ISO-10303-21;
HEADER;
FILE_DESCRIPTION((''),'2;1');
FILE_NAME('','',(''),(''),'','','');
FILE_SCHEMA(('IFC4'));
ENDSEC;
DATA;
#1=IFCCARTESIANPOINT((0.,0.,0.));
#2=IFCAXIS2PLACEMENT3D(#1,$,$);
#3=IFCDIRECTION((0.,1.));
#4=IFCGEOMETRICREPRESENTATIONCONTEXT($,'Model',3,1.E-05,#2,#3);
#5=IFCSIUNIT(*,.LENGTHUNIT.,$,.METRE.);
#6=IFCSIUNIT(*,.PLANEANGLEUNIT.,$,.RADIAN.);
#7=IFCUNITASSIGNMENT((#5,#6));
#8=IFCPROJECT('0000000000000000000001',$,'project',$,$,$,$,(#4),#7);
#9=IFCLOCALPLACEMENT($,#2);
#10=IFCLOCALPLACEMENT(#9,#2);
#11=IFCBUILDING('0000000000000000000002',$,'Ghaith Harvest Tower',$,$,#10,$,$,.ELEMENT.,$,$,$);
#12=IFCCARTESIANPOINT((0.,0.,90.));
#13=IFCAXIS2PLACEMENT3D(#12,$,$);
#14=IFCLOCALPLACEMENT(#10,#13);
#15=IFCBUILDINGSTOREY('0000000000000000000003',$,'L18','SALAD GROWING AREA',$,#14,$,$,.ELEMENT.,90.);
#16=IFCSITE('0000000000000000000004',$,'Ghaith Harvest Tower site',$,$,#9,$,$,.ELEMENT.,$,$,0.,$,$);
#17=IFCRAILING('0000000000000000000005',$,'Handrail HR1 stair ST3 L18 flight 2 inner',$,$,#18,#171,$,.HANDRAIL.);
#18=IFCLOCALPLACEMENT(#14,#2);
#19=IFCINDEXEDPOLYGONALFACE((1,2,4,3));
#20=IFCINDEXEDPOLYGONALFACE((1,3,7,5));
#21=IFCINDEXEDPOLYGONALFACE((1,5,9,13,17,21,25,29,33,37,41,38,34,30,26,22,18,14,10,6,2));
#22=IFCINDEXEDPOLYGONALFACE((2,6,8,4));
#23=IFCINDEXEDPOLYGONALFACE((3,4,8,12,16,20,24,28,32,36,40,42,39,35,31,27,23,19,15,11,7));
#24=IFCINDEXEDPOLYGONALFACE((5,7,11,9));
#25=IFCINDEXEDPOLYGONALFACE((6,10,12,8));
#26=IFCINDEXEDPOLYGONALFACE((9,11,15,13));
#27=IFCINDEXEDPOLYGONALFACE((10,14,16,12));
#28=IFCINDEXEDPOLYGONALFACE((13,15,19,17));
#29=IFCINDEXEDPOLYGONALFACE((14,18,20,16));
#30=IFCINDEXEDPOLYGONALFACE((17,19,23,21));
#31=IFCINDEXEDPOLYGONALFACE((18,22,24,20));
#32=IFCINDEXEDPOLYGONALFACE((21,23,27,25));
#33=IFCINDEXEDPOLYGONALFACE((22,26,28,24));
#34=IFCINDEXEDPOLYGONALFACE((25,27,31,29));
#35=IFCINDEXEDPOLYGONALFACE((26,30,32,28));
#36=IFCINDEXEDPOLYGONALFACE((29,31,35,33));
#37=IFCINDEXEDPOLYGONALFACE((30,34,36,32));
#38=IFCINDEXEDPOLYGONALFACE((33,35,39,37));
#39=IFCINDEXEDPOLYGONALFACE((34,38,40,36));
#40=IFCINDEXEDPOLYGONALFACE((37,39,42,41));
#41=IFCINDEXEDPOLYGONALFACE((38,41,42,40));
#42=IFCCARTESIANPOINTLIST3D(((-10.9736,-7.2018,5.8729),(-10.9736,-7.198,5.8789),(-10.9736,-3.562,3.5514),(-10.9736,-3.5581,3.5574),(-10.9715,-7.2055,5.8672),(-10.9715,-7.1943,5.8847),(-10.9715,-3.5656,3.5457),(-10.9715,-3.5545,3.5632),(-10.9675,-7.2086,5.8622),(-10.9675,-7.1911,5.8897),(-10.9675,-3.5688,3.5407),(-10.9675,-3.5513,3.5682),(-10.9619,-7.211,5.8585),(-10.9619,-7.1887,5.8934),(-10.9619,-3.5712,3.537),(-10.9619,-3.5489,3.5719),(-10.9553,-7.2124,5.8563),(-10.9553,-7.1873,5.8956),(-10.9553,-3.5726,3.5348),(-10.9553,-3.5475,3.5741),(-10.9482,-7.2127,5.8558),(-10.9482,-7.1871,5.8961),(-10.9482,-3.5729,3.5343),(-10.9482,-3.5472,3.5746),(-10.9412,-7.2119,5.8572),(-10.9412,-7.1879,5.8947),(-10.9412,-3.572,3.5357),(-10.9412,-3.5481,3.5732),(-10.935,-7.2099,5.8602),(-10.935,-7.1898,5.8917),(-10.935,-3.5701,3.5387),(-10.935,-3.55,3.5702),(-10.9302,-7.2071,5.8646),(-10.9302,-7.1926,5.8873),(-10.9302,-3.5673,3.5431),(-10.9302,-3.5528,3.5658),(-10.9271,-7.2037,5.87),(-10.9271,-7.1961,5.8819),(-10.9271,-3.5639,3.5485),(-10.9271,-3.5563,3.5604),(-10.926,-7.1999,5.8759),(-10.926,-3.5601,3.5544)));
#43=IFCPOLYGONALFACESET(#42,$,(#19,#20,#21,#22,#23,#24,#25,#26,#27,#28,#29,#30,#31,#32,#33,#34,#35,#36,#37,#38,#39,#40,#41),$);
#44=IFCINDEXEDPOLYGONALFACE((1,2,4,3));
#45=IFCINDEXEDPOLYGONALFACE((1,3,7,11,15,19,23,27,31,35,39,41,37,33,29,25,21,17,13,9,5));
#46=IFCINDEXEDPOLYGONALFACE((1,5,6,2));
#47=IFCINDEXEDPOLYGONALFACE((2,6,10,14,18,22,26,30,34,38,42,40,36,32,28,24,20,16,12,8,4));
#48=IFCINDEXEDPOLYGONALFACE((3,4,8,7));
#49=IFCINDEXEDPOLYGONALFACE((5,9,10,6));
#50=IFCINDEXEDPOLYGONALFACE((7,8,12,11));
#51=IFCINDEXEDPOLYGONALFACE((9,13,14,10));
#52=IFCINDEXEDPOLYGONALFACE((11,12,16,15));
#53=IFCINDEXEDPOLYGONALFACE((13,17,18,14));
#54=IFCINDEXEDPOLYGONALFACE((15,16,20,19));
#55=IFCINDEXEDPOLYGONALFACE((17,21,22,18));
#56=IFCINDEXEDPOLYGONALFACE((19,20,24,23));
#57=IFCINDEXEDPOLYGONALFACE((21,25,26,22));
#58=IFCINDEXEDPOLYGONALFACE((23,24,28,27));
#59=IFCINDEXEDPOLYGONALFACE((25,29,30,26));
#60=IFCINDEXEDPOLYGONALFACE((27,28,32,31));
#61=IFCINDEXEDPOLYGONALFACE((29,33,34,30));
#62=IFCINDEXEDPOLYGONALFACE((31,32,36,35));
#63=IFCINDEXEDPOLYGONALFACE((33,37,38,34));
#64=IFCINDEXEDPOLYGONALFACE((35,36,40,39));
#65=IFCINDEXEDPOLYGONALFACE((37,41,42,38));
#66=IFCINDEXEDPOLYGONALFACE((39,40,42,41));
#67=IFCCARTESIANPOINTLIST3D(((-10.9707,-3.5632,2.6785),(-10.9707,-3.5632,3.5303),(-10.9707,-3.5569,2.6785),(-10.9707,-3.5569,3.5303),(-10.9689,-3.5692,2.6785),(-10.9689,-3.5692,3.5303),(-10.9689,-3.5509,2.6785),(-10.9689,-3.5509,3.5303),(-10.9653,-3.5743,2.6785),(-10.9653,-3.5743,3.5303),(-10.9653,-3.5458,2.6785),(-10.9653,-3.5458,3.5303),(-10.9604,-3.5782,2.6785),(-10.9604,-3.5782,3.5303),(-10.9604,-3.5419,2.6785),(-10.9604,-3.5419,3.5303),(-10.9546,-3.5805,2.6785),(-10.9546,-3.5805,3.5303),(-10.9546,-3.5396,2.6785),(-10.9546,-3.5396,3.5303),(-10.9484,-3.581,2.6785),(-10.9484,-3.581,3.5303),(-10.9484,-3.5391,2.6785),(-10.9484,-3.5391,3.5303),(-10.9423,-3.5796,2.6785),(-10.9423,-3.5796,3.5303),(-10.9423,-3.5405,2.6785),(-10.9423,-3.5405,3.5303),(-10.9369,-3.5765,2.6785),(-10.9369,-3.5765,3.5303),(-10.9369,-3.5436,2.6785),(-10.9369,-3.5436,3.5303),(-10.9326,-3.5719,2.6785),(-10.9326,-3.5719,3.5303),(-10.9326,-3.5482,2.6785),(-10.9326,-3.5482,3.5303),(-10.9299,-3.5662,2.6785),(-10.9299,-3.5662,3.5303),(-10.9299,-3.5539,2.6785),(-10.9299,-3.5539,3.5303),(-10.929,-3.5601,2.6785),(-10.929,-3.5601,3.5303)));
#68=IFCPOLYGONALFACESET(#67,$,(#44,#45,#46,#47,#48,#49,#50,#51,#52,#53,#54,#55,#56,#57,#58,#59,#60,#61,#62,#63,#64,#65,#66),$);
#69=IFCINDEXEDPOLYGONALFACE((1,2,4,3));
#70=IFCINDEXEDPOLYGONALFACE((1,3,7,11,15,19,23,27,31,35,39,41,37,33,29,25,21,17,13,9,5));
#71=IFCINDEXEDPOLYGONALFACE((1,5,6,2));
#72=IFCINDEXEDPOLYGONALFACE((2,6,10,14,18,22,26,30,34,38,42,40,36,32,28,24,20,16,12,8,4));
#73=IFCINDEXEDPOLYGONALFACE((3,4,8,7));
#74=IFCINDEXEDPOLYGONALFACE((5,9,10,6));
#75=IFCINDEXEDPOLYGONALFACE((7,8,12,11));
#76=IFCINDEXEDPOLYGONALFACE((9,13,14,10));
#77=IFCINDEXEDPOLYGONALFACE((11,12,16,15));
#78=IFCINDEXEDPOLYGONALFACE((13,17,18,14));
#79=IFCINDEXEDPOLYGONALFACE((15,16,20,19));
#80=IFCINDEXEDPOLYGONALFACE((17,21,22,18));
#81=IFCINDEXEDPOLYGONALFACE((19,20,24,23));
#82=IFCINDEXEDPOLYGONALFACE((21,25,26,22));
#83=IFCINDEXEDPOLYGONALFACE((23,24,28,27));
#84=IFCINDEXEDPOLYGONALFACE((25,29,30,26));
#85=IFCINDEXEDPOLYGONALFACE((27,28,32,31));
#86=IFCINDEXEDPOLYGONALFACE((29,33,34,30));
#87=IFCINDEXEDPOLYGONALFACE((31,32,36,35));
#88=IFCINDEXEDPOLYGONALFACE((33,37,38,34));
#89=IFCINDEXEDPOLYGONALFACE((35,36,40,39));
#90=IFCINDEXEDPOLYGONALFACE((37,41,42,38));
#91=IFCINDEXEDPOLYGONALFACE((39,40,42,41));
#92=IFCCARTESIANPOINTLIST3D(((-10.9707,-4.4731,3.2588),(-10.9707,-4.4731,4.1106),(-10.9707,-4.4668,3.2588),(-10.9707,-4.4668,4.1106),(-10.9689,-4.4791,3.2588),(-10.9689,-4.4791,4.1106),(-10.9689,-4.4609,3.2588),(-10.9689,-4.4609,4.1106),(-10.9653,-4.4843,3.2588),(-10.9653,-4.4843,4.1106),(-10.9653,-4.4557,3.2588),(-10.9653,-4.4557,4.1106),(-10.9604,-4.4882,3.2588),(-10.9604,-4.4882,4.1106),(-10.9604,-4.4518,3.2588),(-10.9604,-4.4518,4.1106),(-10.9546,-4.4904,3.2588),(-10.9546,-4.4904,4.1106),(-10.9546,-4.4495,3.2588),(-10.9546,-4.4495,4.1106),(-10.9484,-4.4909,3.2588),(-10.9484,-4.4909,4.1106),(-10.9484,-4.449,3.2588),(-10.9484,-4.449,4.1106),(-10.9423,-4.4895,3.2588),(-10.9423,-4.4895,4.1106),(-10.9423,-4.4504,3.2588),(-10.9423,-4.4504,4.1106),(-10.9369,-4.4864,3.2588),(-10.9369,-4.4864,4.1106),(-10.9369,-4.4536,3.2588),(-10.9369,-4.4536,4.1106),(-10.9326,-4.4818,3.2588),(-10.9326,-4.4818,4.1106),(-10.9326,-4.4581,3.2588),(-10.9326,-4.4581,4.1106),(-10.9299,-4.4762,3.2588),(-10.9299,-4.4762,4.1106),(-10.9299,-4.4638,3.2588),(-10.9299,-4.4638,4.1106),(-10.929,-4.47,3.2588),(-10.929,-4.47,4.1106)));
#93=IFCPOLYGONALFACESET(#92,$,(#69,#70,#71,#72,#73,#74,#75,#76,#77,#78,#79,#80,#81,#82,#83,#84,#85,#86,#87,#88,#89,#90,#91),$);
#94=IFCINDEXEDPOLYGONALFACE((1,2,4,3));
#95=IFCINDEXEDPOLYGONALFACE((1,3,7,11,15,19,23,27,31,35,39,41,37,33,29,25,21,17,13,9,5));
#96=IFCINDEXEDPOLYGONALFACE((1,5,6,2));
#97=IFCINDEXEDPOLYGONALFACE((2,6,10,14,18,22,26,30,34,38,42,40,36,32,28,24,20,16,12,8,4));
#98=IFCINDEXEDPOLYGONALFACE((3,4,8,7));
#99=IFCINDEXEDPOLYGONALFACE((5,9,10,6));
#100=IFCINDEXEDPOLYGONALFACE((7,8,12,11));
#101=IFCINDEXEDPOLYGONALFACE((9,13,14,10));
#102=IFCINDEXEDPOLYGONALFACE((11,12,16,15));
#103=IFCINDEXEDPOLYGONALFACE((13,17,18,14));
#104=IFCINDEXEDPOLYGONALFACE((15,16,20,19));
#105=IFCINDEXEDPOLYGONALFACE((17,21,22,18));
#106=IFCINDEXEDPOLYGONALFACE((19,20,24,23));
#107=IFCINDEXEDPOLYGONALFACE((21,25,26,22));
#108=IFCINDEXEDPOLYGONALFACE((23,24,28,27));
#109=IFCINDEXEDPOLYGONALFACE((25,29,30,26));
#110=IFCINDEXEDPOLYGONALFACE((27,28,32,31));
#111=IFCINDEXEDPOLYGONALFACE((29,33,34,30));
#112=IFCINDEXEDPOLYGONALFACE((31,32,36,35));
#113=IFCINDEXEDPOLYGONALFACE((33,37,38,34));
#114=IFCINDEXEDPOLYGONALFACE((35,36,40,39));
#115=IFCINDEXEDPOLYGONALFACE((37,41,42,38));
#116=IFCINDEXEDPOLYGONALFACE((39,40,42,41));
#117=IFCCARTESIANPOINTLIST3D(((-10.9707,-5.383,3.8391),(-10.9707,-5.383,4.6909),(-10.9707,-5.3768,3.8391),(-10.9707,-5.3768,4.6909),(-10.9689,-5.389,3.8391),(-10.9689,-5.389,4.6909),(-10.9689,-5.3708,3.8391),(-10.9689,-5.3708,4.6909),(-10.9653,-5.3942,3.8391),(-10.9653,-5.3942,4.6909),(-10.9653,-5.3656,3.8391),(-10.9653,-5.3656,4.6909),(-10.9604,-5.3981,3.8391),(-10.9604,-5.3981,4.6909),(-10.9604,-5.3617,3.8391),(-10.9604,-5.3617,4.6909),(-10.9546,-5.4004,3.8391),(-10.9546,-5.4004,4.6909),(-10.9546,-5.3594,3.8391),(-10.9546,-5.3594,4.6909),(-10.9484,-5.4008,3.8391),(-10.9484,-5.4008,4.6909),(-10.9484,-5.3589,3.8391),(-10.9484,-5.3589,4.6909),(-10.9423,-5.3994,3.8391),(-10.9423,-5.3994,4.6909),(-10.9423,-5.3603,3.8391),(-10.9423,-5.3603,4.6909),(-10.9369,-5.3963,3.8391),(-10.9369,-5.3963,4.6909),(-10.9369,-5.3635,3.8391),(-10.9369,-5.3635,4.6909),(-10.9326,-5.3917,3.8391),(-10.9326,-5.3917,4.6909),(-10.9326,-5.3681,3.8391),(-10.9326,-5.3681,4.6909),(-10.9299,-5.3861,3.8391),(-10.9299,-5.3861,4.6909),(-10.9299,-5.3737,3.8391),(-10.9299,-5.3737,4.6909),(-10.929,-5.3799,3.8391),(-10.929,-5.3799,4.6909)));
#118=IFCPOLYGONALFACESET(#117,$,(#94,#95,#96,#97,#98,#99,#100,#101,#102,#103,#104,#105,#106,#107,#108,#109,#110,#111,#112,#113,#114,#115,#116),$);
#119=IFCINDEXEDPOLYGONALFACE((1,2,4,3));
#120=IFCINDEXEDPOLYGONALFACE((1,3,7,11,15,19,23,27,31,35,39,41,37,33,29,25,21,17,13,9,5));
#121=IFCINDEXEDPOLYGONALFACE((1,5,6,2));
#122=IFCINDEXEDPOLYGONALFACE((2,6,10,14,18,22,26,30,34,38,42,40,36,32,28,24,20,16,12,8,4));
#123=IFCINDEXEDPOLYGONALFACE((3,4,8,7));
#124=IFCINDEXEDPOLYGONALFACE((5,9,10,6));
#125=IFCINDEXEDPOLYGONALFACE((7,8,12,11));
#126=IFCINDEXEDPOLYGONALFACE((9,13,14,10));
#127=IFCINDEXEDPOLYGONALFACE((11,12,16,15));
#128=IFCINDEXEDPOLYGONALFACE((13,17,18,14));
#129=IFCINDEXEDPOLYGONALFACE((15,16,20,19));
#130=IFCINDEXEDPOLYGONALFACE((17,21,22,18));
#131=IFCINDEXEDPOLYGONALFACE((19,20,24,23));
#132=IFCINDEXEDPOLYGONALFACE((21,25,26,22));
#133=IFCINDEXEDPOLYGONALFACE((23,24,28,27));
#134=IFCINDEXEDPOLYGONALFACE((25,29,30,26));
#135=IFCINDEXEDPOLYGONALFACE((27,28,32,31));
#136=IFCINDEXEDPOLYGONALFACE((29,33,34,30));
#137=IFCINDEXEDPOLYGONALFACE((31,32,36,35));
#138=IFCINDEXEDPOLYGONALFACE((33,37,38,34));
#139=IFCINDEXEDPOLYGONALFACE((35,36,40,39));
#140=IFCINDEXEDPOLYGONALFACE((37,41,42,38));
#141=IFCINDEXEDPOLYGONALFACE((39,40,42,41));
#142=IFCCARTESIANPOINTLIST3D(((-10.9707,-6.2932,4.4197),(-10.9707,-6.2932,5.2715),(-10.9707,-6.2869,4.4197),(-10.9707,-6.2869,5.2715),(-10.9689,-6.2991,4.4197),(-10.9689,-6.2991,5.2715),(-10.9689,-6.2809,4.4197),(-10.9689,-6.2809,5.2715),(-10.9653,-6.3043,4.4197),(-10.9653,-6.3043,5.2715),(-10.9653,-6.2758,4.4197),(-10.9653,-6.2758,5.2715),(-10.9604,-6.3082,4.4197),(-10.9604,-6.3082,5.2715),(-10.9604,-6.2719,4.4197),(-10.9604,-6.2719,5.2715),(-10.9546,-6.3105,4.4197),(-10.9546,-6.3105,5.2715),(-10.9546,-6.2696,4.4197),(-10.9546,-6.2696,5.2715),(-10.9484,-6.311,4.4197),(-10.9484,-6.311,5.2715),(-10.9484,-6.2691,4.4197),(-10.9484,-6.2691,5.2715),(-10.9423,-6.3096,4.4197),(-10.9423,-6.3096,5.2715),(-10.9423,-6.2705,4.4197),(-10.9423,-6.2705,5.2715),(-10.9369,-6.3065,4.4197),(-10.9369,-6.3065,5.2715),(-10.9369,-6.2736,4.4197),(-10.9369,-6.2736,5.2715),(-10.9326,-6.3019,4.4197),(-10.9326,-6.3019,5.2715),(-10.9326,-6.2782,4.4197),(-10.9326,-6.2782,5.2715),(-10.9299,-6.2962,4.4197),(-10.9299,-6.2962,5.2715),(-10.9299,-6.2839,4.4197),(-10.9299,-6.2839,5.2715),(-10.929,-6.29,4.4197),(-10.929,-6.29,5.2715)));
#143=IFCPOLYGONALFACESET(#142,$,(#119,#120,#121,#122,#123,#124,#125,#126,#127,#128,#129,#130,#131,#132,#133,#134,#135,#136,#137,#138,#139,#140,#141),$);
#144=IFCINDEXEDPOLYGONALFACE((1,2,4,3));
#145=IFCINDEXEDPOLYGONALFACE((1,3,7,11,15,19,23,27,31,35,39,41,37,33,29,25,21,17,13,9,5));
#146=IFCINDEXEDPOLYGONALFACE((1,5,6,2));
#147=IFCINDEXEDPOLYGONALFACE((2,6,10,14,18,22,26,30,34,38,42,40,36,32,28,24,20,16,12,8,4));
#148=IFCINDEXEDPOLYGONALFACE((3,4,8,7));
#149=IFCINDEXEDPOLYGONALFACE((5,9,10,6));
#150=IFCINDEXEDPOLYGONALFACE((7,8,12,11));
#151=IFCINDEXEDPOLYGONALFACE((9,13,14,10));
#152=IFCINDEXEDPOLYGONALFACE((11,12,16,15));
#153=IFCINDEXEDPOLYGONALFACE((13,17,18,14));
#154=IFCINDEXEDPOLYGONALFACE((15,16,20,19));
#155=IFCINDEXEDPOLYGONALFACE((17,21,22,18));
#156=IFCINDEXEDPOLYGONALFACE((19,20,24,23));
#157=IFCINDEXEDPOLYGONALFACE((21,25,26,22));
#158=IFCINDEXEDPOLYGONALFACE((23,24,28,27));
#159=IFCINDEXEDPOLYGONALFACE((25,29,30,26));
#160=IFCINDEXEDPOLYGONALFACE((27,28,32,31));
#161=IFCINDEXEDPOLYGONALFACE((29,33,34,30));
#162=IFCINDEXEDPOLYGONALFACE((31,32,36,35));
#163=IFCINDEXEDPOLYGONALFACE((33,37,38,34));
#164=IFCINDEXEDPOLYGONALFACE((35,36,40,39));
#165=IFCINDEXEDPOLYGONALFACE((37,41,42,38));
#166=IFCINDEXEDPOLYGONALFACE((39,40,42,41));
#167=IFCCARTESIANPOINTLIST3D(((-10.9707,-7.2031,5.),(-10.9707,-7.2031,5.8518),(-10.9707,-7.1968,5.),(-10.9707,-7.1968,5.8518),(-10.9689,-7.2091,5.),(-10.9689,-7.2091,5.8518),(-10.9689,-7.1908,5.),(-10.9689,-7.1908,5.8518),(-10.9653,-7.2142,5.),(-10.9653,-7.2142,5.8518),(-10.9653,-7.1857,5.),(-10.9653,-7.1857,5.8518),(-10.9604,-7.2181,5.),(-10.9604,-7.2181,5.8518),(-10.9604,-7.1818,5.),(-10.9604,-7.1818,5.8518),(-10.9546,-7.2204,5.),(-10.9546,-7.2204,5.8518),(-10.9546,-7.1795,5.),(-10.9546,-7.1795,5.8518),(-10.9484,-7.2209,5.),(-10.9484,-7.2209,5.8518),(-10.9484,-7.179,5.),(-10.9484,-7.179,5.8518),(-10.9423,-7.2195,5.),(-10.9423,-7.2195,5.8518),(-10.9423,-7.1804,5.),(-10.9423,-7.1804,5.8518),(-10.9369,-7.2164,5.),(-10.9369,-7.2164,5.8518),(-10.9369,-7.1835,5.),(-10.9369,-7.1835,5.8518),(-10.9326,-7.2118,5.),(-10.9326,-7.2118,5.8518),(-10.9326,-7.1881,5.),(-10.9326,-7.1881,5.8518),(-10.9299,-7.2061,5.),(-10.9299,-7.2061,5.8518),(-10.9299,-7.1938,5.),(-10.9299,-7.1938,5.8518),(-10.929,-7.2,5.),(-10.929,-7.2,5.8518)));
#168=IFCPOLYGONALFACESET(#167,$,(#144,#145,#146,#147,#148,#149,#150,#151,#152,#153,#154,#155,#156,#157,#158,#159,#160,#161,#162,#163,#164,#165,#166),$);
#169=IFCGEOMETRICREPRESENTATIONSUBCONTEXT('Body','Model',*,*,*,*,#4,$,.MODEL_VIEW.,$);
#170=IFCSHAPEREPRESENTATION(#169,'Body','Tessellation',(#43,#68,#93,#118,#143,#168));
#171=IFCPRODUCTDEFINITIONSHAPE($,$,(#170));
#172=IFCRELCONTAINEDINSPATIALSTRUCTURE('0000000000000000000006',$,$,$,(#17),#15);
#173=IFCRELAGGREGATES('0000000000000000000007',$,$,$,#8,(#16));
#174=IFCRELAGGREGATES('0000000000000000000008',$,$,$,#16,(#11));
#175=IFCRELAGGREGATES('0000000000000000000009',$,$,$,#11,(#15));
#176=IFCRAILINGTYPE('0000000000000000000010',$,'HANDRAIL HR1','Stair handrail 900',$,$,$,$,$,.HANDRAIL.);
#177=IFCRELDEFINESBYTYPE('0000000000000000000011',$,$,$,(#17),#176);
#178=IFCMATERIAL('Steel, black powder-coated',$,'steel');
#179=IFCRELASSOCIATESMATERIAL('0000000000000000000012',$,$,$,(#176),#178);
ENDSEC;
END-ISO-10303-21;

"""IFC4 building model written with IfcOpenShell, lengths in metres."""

from ifc_helpers import new_model, si_unit, direction, frame, origin, origin_2d, place, context, subcontext, project, spatial, circle, extrude, material, type_object, element, save


model = new_model("IFC4")

# Units and contexts
model_context = context("Model", 3, precision=1e-05, world=origin(), true_north=direction((0.0, 1.0)))
body_context = subcontext(model_context, "Body", "Model", "MODEL_VIEW")
ifc_project = project(units=[si_unit("LENGTHUNIT", "METRE"), si_unit("PLANEANGLEUNIT", "RADIAN")], contexts=[model_context])

# Site, building, storey
site_placement = place(None, origin())
site = spatial("IfcSite", under=ifc_project, at=site_placement, Name="Ghaith Harvest Tower site", CompositionType="ELEMENT", RefElevation=0.0)
building_placement = place(site_placement, origin())
building = spatial("IfcBuilding", under=site, at=building_placement, Name="Ghaith Harvest Tower", CompositionType="ELEMENT")
storey_placement = place(building_placement, frame((0.0, 0.0, 90.0)))
storey = spatial("IfcBuildingStorey", under=building, at=storey_placement, Name="L18", Description="SALAD GROWING AREA", CompositionType="ELEMENT", Elevation=90.0)

# Railing
ifc_material_1 = material(Name="Steel, black powder-coated", Category="steel")
railing_type = type_object("IfcRailingType", Name="HANDRAIL HR1", Description="Stair handrail 900", PredefinedType="HANDRAIL", material=ifc_material_1)
railing_1_placement = place(storey_placement, frame((-10.95, -3.5601, 2.6785)))
element("IfcRailing", 1, at=railing_1_placement, inside=storey, type_object=railing_type, Name="Handrail HR1 stair ST3 L18 flight 2 inner", PredefinedType="HANDRAIL", context=body_context, shape_type="SweptSolid", body=[
    extrude(circle(Radius=0.0239, at=origin_2d()), frame((0.0, 0.0, 0.876), z_axis=(0.0, -0.843112, 0.537739), x_axis=(1.0, 0.0, 0.0)), (0.0, 0.0, 1.0), 4.3171),
    extrude(circle(Radius=0.021, at=origin_2d()), origin(), (0.0, 0.0, 1.0), 0.8518),
    extrude(circle(Radius=0.021, at=origin_2d()), frame((0.0, -0.9099, 0.5803)), (0.0, 0.0, 1.0), 0.8518),
    extrude(circle(Radius=0.021, at=origin_2d()), frame((0.0, -1.8198, 1.1606)), (0.0, 0.0, 1.0), 0.8518),
    extrude(circle(Radius=0.021, at=origin_2d()), frame((0.0, -2.73, 1.7412)), (0.0, 0.0, 1.0), 0.8518),
    extrude(circle(Radius=0.021, at=origin_2d()), frame((0.0, -3.6399, 2.3215)), (0.0, 0.0, 1.0), 0.8518),
])

save(model, "model.ifc")
